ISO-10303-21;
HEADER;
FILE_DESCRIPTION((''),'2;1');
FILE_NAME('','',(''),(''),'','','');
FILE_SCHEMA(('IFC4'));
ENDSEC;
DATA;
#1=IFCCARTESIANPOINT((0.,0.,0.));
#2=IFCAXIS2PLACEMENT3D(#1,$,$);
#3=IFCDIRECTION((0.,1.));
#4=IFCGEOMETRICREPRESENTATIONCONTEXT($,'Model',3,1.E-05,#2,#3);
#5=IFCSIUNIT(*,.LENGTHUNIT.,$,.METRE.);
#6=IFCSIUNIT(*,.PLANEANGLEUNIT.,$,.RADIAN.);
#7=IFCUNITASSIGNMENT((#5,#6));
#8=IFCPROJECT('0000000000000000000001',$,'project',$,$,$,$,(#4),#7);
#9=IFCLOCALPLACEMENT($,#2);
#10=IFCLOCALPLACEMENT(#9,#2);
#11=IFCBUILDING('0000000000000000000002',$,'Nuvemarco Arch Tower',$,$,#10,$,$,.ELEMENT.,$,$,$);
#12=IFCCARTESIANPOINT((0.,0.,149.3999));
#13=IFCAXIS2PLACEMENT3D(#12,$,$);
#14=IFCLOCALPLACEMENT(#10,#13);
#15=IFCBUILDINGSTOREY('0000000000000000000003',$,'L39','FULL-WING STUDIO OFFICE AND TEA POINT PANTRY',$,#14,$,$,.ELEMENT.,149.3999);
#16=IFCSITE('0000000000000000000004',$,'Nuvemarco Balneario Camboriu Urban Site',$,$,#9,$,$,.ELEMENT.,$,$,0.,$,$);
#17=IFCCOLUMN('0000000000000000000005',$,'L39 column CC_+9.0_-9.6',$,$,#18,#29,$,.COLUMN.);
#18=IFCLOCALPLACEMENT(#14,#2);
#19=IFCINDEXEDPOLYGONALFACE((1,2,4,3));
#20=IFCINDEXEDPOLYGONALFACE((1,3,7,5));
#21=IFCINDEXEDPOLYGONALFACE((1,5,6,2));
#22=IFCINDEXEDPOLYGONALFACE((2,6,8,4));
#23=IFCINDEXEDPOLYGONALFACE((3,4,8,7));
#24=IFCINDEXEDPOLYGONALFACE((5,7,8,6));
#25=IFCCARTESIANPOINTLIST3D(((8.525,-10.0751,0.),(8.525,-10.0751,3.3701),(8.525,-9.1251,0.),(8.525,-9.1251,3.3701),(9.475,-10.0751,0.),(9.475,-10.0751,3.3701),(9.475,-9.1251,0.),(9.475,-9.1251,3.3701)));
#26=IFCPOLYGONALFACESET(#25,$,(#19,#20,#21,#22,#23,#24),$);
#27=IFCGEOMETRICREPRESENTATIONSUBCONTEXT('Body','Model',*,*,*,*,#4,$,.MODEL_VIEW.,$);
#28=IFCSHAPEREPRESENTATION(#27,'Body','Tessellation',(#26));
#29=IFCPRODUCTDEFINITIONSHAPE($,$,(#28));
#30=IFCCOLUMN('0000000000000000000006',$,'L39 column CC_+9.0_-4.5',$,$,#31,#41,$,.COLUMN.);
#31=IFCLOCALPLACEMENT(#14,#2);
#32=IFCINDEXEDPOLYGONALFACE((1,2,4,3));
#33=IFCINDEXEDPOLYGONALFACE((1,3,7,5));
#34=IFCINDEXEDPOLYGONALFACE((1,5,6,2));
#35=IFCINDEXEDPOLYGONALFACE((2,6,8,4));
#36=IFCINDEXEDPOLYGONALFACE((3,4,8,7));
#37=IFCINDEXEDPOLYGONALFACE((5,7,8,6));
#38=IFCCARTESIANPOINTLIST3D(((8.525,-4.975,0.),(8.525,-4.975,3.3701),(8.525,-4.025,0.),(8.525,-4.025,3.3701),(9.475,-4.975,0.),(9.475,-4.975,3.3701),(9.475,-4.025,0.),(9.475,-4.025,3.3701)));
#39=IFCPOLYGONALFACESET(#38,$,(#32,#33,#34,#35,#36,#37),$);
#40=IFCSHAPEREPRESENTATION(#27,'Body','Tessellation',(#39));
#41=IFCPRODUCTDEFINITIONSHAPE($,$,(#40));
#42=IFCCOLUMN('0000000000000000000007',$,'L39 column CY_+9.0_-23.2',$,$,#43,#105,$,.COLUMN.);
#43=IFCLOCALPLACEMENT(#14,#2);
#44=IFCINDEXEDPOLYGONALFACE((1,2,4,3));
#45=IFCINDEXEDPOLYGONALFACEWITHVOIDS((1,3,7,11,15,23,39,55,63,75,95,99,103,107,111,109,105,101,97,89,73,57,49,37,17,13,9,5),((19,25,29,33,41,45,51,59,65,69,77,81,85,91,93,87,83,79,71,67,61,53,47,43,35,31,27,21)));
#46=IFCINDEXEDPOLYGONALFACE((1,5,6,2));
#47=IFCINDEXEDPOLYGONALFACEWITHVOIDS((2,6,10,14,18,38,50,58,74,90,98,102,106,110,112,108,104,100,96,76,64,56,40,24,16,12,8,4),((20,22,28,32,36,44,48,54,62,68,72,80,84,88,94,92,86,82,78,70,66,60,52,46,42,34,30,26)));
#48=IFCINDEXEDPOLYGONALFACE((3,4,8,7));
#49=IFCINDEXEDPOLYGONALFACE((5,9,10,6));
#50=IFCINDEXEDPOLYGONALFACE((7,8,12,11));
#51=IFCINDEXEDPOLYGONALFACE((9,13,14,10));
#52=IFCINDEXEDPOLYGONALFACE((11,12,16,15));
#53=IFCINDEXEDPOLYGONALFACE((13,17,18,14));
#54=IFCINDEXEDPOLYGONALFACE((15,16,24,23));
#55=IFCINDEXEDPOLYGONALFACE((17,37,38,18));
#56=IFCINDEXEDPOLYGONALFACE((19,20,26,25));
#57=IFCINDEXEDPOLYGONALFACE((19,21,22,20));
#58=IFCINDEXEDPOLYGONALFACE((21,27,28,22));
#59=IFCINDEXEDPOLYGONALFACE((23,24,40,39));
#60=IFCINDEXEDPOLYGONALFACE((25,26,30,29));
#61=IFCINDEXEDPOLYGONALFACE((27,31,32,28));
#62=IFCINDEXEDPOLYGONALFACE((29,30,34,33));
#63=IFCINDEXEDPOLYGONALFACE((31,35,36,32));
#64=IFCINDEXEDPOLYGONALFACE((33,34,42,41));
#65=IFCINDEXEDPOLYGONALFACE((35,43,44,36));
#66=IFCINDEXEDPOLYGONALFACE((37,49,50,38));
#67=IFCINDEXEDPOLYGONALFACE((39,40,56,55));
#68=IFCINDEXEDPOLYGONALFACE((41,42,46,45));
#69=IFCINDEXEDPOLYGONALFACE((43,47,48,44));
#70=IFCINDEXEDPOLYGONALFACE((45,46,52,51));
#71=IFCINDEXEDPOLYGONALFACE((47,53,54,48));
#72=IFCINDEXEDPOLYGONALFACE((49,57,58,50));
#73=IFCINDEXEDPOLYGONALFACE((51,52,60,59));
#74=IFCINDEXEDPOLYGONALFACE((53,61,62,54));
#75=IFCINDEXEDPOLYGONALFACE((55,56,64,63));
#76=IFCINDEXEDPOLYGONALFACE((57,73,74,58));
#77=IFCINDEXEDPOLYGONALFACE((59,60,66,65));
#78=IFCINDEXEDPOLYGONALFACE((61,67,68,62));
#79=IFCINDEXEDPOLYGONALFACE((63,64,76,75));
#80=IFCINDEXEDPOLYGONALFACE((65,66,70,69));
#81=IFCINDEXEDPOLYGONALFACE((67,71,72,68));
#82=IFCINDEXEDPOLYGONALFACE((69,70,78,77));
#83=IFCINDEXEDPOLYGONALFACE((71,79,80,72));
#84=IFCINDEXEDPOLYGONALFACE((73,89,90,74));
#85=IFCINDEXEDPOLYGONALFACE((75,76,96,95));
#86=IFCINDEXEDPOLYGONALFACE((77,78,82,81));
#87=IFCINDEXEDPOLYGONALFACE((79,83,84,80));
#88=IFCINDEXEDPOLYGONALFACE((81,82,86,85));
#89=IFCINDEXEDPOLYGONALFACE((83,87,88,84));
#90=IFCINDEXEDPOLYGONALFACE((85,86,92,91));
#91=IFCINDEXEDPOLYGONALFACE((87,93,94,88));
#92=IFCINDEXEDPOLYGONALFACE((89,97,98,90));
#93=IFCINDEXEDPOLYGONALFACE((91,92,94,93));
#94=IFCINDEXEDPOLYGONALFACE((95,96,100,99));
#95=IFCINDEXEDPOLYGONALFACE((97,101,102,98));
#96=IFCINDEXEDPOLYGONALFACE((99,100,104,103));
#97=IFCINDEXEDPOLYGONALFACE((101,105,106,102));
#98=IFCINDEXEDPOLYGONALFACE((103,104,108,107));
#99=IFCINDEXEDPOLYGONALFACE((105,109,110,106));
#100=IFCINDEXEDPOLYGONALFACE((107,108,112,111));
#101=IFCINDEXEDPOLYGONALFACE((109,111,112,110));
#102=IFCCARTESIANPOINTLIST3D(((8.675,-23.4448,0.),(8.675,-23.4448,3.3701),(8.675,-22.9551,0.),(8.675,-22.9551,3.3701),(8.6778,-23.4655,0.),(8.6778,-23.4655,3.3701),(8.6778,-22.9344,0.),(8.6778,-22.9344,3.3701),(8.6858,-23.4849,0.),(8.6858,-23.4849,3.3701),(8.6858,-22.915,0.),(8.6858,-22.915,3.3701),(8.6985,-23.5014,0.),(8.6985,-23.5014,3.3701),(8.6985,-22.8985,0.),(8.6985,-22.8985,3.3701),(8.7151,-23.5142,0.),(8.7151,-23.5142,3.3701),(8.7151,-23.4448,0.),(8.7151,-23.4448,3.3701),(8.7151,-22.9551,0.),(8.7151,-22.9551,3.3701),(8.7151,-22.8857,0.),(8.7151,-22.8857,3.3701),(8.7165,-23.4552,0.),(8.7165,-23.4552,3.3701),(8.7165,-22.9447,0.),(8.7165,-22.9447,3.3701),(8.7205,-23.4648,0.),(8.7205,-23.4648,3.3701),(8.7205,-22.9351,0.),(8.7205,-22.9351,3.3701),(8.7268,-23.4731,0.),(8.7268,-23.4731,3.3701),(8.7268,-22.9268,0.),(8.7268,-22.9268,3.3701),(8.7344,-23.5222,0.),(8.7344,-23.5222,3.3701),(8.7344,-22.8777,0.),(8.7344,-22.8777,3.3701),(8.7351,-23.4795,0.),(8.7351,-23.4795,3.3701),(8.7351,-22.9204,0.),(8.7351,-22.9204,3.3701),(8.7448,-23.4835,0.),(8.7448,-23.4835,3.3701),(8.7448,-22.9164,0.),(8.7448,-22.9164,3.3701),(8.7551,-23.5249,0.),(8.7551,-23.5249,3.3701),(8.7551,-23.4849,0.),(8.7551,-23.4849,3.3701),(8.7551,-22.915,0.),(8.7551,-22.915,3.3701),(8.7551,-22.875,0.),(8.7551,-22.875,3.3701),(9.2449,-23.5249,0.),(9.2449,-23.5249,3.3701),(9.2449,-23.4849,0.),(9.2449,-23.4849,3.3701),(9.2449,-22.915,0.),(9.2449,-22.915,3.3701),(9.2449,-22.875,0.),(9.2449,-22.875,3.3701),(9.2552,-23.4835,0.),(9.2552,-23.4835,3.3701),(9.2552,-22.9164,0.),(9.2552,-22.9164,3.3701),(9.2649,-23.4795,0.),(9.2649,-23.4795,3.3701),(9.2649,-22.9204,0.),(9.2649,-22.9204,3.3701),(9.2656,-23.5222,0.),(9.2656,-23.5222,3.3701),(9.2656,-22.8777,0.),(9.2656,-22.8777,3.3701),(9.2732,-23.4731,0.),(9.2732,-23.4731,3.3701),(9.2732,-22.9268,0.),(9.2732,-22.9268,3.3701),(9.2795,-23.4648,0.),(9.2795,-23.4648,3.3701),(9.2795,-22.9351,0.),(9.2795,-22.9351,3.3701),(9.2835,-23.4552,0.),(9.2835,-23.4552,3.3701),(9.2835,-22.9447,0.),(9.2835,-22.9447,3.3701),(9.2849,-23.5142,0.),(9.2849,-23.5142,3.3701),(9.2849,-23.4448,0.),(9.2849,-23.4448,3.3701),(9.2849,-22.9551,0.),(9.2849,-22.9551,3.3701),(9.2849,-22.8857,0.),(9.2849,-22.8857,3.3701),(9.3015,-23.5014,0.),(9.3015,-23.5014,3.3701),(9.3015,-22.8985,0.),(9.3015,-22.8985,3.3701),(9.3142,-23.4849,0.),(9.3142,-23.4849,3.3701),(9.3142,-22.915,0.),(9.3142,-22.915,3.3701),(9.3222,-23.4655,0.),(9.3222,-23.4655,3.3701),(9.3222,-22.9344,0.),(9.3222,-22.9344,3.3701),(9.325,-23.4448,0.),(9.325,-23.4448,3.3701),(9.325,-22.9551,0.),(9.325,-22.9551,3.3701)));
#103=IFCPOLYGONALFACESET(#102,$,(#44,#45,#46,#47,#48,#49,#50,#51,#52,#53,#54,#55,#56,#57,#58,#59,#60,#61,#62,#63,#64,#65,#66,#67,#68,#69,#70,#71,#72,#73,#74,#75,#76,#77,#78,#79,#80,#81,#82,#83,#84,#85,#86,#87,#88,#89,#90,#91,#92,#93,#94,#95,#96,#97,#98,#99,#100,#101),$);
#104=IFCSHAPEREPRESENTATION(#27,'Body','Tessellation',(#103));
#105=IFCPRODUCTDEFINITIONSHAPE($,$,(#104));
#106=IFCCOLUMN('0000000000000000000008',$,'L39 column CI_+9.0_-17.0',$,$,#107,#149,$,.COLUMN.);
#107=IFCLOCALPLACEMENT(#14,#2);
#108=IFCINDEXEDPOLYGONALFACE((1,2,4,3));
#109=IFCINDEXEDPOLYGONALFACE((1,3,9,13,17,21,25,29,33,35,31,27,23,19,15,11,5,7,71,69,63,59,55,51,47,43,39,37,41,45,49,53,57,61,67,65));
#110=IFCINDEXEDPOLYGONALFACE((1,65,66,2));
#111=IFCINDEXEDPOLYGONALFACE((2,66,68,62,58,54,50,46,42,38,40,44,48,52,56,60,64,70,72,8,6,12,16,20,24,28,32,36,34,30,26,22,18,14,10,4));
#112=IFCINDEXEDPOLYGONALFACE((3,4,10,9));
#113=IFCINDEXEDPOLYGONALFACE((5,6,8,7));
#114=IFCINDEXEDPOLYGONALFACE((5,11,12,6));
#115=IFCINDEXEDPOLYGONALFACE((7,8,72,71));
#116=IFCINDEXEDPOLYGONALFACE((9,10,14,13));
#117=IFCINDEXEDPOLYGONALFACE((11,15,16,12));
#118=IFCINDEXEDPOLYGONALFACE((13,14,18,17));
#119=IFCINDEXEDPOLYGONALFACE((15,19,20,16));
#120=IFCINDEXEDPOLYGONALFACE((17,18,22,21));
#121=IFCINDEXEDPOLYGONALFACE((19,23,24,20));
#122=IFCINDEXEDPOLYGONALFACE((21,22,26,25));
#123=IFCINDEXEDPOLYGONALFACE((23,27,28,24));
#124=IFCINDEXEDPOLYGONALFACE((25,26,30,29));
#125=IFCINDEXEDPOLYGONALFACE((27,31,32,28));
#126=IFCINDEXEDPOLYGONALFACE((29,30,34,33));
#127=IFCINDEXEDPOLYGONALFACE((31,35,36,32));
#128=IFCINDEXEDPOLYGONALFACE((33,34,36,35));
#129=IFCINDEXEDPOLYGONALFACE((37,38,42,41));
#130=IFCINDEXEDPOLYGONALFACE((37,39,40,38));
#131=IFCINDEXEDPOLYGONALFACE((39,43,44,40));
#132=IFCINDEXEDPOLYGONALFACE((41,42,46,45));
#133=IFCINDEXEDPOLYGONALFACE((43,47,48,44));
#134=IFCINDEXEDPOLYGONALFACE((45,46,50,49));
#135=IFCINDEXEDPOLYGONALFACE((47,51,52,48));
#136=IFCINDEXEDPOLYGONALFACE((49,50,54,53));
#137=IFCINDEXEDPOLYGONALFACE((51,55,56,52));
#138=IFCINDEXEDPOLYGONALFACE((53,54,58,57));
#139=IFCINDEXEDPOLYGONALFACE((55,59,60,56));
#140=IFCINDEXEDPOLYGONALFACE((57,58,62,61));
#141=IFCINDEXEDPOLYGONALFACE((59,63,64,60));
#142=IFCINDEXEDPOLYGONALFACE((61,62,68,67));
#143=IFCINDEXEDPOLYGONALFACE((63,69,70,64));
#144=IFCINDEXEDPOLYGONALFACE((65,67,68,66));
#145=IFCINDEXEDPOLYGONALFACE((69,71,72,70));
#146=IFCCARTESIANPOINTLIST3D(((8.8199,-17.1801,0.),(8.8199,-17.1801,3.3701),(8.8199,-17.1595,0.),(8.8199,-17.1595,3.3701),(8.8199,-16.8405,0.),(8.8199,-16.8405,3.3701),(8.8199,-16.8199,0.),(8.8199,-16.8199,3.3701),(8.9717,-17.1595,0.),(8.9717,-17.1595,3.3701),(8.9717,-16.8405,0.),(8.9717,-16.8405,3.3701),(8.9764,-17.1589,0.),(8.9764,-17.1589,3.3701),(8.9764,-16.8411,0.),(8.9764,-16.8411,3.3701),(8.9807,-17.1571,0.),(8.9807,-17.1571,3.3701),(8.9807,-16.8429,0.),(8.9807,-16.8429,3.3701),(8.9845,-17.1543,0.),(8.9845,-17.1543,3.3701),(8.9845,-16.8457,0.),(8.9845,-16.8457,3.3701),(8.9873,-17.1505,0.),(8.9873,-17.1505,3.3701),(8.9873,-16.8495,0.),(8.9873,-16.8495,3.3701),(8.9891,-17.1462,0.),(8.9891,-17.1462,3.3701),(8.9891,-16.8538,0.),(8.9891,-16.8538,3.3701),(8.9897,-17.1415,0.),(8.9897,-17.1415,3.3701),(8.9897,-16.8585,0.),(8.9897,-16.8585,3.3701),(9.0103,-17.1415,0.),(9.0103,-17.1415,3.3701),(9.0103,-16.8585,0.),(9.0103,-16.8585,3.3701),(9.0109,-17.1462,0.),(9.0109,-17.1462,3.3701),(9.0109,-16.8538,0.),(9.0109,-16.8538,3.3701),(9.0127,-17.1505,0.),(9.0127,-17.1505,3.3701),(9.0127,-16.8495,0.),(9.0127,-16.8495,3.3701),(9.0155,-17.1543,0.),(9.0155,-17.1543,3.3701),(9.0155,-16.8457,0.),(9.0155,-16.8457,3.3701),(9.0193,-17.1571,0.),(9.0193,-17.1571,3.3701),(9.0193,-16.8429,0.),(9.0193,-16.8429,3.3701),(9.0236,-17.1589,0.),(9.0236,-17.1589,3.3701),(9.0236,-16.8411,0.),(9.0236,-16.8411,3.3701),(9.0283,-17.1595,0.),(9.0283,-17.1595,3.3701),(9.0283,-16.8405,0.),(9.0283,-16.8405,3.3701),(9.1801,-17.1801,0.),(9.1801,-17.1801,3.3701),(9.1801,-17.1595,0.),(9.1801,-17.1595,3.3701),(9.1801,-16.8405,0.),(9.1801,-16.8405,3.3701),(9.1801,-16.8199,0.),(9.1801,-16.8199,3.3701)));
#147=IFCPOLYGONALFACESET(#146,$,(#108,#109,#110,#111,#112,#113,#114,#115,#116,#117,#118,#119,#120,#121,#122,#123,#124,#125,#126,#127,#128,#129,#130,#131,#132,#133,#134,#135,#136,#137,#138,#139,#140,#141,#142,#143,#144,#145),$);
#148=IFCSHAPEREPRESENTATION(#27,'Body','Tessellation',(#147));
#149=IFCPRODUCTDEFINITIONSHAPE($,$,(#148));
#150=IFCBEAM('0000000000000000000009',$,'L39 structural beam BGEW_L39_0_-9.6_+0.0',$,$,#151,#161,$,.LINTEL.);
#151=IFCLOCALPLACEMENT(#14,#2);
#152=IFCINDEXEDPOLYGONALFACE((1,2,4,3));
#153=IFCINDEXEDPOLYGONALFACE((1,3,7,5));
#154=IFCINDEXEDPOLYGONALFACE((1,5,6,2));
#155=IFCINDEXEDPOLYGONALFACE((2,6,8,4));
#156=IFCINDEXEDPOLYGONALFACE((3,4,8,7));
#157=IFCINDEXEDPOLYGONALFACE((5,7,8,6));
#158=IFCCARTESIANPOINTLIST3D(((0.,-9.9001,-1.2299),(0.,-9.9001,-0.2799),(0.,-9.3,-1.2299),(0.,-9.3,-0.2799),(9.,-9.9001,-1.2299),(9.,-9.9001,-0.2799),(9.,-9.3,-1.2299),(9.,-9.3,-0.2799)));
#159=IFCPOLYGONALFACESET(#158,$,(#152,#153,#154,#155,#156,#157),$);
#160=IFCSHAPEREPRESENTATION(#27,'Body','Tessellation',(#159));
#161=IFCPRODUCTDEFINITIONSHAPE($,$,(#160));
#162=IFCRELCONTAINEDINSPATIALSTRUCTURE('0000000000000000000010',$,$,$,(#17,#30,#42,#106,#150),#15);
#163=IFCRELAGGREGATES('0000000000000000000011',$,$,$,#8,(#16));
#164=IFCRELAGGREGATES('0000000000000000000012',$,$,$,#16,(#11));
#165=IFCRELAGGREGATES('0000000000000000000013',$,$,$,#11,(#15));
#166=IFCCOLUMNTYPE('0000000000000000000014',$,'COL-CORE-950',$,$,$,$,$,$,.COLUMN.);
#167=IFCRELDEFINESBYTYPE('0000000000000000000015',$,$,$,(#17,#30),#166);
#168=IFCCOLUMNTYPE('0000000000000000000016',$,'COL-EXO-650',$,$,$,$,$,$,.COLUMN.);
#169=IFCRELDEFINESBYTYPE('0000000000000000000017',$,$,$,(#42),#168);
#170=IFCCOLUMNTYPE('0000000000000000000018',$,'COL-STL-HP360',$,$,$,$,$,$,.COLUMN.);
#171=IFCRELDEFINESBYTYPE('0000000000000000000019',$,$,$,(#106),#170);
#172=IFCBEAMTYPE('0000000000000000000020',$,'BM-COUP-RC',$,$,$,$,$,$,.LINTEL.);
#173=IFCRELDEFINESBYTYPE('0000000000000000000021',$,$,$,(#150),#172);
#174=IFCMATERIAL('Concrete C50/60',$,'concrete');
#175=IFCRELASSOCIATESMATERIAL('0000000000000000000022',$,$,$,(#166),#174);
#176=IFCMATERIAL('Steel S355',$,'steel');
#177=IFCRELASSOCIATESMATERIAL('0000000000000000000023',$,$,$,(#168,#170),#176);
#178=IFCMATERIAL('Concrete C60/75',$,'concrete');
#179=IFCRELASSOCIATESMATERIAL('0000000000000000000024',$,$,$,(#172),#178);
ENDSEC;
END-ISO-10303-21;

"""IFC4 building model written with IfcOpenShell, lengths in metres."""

from ifc_helpers import new_model, si_unit, direction, frame, origin, origin_2d, place, context, subcontext, project, spatial, rectangle, hollow_rectangle, i_section, extrude, material, material_profile, profile_set, type_object, element, save


model = new_model("IFC4")

# Units and contexts
model_context = context("Model", 3, precision=1e-05, world=origin(), true_north=direction((0.0, 1.0)))
body_context = subcontext(model_context, "Body", "Model", "MODEL_VIEW")
ifc_project = project(units=[si_unit("LENGTHUNIT", "METRE"), si_unit("PLANEANGLEUNIT", "RADIAN")], contexts=[model_context])

# Site, building, storey
site_placement = place(None, origin())
site = spatial("IfcSite", under=ifc_project, at=site_placement, Name="Nuvemarco Balneario Camboriu Urban Site", CompositionType="ELEMENT", RefElevation=0.0)
building_placement = place(site_placement, origin())
building = spatial("IfcBuilding", under=site, at=building_placement, Name="Nuvemarco Arch Tower", CompositionType="ELEMENT")
storey_placement = place(building_placement, frame((0.0, 0.0, 149.3999)))
storey = spatial("IfcBuildingStorey", under=building, at=storey_placement, Name="L39", Description="FULL-WING STUDIO OFFICE AND TEA POINT PANTRY", CompositionType="ELEMENT", Elevation=149.3999)

# Columns
ifc_material_1 = material(Name="Concrete C50/60", Category="concrete")
ifc_material_profile_1 = material_profile(ifc_material_1, rectangle(XDim=0.95, YDim=0.95, at=origin_2d()), Name="RC-COL-950x950")
ifc_profile_set_1 = profile_set([ifc_material_profile_1], Name="Concrete C50/60")
column_type_1 = type_object("IfcColumnType", Name="COL-CORE-950", PredefinedType="COLUMN", material=ifc_profile_set_1)
for number, where, z_axis, x_axis, name in (
    (1, (9.0, -9.6001, 0.0), (0.0, 0.0, 1.0), (1.0, 0.0, 0.0), "L39 column CC_+9.0_-9.6"),
    (2, (9.0, -4.5, 0.0), (0.0, 0.0, 1.0), (1.0, 0.0, 0.0), "L39 column CC_+9.0_-4.5"),
):
    element("IfcColumn", number, at=place(storey_placement, frame(where, z_axis=z_axis, x_axis=x_axis)), inside=storey, type_object=column_type_1, Name=name, PredefinedType="COLUMN", context=body_context, shape_type="SweptSolid", body=[
        extrude(rectangle(XDim=0.95, YDim=0.95, at=origin_2d()), origin(), (0.0, 0.0, 1.0), 3.3701),
    ])
ifc_material_2 = material(Name="Steel S355", Category="steel")
ifc_material_profile_2 = material_profile(ifc_material_2, hollow_rectangle(XDim=0.6499, YDim=0.6499, WallThickness=0.04, InnerFilletRadius=0.04, OuterFilletRadius=0.0801, at=origin_2d()), Name="SHS650x650x40")
ifc_profile_set_2 = profile_set([ifc_material_profile_2], Name="Steel S355")
column_type_2 = type_object("IfcColumnType", Name="COL-EXO-650", PredefinedType="COLUMN", material=ifc_profile_set_2)
column_1_placement = place(storey_placement, frame((9.0, -23.2, 0.0), z_axis=(0.0, 0.0, 1.0), x_axis=(1.0, 0.0, 0.0)))
element("IfcColumn", 3, at=column_1_placement, inside=storey, type_object=column_type_2, Name="L39 column CY_+9.0_-23.2", PredefinedType="COLUMN", context=body_context, shape_type="SweptSolid", body=[
    extrude(hollow_rectangle(XDim=0.6499, YDim=0.6499, WallThickness=0.04, InnerFilletRadius=0.04, OuterFilletRadius=0.0801, at=origin_2d()), origin(), (0.0, 0.0, 1.0), 3.3701),
])
ifc_material_profile_3 = material_profile(ifc_material_2, i_section(OverallWidth=0.3601, OverallDepth=0.3601, WebThickness=0.0205, FlangeThickness=0.0205, FilletRadius=0.0181, at=origin_2d()), Name="HP360x174")
ifc_profile_set_3 = profile_set([ifc_material_profile_3], Name="Steel S355")
column_type_3 = type_object("IfcColumnType", Name="COL-STL-HP360", PredefinedType="COLUMN", material=ifc_profile_set_3)
column_2_placement = place(storey_placement, frame((9.0, -17.0, 0.0), z_axis=(0.0, 0.0, 1.0), x_axis=(1.0, 0.0, 0.0)))
element("IfcColumn", 4, at=column_2_placement, inside=storey, type_object=column_type_3, Name="L39 column CI_+9.0_-17.0", PredefinedType="COLUMN", context=body_context, shape_type="SweptSolid", body=[
    extrude(i_section(OverallWidth=0.3601, OverallDepth=0.3601, WebThickness=0.0205, FlangeThickness=0.0205, FilletRadius=0.0181, at=origin_2d()), origin(), (0.0, 0.0, 1.0), 3.3701),
])

# Beam
ifc_material_3 = material(Name="Concrete C60/75", Category="concrete")
ifc_material_profile_4 = material_profile(ifc_material_3, rectangle(XDim=0.6001, YDim=0.95, at=origin_2d()), Name="RC-BM-600x950")
ifc_profile_set_4 = profile_set([ifc_material_profile_4], Name="Concrete C60/75")
beam_type_1 = type_object("IfcBeamType", Name="BM-COUP-RC", PredefinedType="LINTEL", material=ifc_profile_set_4)
beam_1_placement = place(storey_placement, frame((0.0, -9.6001, -0.7549), z_axis=(1.0, 0.0, 0.0), x_axis=(0.0, 1.0, 0.0)))
element("IfcBeam", 5, at=beam_1_placement, inside=storey, type_object=beam_type_1, Name="L39 structural beam BGEW_L39_0_-9.6_+0.0", PredefinedType="LINTEL", context=body_context, shape_type="SweptSolid", body=[
    extrude(rectangle(XDim=0.6001, YDim=0.95, at=origin_2d()), origin(), (0.0, 0.0, 1.0), 9.0),
])

save(model, "model.ifc")
